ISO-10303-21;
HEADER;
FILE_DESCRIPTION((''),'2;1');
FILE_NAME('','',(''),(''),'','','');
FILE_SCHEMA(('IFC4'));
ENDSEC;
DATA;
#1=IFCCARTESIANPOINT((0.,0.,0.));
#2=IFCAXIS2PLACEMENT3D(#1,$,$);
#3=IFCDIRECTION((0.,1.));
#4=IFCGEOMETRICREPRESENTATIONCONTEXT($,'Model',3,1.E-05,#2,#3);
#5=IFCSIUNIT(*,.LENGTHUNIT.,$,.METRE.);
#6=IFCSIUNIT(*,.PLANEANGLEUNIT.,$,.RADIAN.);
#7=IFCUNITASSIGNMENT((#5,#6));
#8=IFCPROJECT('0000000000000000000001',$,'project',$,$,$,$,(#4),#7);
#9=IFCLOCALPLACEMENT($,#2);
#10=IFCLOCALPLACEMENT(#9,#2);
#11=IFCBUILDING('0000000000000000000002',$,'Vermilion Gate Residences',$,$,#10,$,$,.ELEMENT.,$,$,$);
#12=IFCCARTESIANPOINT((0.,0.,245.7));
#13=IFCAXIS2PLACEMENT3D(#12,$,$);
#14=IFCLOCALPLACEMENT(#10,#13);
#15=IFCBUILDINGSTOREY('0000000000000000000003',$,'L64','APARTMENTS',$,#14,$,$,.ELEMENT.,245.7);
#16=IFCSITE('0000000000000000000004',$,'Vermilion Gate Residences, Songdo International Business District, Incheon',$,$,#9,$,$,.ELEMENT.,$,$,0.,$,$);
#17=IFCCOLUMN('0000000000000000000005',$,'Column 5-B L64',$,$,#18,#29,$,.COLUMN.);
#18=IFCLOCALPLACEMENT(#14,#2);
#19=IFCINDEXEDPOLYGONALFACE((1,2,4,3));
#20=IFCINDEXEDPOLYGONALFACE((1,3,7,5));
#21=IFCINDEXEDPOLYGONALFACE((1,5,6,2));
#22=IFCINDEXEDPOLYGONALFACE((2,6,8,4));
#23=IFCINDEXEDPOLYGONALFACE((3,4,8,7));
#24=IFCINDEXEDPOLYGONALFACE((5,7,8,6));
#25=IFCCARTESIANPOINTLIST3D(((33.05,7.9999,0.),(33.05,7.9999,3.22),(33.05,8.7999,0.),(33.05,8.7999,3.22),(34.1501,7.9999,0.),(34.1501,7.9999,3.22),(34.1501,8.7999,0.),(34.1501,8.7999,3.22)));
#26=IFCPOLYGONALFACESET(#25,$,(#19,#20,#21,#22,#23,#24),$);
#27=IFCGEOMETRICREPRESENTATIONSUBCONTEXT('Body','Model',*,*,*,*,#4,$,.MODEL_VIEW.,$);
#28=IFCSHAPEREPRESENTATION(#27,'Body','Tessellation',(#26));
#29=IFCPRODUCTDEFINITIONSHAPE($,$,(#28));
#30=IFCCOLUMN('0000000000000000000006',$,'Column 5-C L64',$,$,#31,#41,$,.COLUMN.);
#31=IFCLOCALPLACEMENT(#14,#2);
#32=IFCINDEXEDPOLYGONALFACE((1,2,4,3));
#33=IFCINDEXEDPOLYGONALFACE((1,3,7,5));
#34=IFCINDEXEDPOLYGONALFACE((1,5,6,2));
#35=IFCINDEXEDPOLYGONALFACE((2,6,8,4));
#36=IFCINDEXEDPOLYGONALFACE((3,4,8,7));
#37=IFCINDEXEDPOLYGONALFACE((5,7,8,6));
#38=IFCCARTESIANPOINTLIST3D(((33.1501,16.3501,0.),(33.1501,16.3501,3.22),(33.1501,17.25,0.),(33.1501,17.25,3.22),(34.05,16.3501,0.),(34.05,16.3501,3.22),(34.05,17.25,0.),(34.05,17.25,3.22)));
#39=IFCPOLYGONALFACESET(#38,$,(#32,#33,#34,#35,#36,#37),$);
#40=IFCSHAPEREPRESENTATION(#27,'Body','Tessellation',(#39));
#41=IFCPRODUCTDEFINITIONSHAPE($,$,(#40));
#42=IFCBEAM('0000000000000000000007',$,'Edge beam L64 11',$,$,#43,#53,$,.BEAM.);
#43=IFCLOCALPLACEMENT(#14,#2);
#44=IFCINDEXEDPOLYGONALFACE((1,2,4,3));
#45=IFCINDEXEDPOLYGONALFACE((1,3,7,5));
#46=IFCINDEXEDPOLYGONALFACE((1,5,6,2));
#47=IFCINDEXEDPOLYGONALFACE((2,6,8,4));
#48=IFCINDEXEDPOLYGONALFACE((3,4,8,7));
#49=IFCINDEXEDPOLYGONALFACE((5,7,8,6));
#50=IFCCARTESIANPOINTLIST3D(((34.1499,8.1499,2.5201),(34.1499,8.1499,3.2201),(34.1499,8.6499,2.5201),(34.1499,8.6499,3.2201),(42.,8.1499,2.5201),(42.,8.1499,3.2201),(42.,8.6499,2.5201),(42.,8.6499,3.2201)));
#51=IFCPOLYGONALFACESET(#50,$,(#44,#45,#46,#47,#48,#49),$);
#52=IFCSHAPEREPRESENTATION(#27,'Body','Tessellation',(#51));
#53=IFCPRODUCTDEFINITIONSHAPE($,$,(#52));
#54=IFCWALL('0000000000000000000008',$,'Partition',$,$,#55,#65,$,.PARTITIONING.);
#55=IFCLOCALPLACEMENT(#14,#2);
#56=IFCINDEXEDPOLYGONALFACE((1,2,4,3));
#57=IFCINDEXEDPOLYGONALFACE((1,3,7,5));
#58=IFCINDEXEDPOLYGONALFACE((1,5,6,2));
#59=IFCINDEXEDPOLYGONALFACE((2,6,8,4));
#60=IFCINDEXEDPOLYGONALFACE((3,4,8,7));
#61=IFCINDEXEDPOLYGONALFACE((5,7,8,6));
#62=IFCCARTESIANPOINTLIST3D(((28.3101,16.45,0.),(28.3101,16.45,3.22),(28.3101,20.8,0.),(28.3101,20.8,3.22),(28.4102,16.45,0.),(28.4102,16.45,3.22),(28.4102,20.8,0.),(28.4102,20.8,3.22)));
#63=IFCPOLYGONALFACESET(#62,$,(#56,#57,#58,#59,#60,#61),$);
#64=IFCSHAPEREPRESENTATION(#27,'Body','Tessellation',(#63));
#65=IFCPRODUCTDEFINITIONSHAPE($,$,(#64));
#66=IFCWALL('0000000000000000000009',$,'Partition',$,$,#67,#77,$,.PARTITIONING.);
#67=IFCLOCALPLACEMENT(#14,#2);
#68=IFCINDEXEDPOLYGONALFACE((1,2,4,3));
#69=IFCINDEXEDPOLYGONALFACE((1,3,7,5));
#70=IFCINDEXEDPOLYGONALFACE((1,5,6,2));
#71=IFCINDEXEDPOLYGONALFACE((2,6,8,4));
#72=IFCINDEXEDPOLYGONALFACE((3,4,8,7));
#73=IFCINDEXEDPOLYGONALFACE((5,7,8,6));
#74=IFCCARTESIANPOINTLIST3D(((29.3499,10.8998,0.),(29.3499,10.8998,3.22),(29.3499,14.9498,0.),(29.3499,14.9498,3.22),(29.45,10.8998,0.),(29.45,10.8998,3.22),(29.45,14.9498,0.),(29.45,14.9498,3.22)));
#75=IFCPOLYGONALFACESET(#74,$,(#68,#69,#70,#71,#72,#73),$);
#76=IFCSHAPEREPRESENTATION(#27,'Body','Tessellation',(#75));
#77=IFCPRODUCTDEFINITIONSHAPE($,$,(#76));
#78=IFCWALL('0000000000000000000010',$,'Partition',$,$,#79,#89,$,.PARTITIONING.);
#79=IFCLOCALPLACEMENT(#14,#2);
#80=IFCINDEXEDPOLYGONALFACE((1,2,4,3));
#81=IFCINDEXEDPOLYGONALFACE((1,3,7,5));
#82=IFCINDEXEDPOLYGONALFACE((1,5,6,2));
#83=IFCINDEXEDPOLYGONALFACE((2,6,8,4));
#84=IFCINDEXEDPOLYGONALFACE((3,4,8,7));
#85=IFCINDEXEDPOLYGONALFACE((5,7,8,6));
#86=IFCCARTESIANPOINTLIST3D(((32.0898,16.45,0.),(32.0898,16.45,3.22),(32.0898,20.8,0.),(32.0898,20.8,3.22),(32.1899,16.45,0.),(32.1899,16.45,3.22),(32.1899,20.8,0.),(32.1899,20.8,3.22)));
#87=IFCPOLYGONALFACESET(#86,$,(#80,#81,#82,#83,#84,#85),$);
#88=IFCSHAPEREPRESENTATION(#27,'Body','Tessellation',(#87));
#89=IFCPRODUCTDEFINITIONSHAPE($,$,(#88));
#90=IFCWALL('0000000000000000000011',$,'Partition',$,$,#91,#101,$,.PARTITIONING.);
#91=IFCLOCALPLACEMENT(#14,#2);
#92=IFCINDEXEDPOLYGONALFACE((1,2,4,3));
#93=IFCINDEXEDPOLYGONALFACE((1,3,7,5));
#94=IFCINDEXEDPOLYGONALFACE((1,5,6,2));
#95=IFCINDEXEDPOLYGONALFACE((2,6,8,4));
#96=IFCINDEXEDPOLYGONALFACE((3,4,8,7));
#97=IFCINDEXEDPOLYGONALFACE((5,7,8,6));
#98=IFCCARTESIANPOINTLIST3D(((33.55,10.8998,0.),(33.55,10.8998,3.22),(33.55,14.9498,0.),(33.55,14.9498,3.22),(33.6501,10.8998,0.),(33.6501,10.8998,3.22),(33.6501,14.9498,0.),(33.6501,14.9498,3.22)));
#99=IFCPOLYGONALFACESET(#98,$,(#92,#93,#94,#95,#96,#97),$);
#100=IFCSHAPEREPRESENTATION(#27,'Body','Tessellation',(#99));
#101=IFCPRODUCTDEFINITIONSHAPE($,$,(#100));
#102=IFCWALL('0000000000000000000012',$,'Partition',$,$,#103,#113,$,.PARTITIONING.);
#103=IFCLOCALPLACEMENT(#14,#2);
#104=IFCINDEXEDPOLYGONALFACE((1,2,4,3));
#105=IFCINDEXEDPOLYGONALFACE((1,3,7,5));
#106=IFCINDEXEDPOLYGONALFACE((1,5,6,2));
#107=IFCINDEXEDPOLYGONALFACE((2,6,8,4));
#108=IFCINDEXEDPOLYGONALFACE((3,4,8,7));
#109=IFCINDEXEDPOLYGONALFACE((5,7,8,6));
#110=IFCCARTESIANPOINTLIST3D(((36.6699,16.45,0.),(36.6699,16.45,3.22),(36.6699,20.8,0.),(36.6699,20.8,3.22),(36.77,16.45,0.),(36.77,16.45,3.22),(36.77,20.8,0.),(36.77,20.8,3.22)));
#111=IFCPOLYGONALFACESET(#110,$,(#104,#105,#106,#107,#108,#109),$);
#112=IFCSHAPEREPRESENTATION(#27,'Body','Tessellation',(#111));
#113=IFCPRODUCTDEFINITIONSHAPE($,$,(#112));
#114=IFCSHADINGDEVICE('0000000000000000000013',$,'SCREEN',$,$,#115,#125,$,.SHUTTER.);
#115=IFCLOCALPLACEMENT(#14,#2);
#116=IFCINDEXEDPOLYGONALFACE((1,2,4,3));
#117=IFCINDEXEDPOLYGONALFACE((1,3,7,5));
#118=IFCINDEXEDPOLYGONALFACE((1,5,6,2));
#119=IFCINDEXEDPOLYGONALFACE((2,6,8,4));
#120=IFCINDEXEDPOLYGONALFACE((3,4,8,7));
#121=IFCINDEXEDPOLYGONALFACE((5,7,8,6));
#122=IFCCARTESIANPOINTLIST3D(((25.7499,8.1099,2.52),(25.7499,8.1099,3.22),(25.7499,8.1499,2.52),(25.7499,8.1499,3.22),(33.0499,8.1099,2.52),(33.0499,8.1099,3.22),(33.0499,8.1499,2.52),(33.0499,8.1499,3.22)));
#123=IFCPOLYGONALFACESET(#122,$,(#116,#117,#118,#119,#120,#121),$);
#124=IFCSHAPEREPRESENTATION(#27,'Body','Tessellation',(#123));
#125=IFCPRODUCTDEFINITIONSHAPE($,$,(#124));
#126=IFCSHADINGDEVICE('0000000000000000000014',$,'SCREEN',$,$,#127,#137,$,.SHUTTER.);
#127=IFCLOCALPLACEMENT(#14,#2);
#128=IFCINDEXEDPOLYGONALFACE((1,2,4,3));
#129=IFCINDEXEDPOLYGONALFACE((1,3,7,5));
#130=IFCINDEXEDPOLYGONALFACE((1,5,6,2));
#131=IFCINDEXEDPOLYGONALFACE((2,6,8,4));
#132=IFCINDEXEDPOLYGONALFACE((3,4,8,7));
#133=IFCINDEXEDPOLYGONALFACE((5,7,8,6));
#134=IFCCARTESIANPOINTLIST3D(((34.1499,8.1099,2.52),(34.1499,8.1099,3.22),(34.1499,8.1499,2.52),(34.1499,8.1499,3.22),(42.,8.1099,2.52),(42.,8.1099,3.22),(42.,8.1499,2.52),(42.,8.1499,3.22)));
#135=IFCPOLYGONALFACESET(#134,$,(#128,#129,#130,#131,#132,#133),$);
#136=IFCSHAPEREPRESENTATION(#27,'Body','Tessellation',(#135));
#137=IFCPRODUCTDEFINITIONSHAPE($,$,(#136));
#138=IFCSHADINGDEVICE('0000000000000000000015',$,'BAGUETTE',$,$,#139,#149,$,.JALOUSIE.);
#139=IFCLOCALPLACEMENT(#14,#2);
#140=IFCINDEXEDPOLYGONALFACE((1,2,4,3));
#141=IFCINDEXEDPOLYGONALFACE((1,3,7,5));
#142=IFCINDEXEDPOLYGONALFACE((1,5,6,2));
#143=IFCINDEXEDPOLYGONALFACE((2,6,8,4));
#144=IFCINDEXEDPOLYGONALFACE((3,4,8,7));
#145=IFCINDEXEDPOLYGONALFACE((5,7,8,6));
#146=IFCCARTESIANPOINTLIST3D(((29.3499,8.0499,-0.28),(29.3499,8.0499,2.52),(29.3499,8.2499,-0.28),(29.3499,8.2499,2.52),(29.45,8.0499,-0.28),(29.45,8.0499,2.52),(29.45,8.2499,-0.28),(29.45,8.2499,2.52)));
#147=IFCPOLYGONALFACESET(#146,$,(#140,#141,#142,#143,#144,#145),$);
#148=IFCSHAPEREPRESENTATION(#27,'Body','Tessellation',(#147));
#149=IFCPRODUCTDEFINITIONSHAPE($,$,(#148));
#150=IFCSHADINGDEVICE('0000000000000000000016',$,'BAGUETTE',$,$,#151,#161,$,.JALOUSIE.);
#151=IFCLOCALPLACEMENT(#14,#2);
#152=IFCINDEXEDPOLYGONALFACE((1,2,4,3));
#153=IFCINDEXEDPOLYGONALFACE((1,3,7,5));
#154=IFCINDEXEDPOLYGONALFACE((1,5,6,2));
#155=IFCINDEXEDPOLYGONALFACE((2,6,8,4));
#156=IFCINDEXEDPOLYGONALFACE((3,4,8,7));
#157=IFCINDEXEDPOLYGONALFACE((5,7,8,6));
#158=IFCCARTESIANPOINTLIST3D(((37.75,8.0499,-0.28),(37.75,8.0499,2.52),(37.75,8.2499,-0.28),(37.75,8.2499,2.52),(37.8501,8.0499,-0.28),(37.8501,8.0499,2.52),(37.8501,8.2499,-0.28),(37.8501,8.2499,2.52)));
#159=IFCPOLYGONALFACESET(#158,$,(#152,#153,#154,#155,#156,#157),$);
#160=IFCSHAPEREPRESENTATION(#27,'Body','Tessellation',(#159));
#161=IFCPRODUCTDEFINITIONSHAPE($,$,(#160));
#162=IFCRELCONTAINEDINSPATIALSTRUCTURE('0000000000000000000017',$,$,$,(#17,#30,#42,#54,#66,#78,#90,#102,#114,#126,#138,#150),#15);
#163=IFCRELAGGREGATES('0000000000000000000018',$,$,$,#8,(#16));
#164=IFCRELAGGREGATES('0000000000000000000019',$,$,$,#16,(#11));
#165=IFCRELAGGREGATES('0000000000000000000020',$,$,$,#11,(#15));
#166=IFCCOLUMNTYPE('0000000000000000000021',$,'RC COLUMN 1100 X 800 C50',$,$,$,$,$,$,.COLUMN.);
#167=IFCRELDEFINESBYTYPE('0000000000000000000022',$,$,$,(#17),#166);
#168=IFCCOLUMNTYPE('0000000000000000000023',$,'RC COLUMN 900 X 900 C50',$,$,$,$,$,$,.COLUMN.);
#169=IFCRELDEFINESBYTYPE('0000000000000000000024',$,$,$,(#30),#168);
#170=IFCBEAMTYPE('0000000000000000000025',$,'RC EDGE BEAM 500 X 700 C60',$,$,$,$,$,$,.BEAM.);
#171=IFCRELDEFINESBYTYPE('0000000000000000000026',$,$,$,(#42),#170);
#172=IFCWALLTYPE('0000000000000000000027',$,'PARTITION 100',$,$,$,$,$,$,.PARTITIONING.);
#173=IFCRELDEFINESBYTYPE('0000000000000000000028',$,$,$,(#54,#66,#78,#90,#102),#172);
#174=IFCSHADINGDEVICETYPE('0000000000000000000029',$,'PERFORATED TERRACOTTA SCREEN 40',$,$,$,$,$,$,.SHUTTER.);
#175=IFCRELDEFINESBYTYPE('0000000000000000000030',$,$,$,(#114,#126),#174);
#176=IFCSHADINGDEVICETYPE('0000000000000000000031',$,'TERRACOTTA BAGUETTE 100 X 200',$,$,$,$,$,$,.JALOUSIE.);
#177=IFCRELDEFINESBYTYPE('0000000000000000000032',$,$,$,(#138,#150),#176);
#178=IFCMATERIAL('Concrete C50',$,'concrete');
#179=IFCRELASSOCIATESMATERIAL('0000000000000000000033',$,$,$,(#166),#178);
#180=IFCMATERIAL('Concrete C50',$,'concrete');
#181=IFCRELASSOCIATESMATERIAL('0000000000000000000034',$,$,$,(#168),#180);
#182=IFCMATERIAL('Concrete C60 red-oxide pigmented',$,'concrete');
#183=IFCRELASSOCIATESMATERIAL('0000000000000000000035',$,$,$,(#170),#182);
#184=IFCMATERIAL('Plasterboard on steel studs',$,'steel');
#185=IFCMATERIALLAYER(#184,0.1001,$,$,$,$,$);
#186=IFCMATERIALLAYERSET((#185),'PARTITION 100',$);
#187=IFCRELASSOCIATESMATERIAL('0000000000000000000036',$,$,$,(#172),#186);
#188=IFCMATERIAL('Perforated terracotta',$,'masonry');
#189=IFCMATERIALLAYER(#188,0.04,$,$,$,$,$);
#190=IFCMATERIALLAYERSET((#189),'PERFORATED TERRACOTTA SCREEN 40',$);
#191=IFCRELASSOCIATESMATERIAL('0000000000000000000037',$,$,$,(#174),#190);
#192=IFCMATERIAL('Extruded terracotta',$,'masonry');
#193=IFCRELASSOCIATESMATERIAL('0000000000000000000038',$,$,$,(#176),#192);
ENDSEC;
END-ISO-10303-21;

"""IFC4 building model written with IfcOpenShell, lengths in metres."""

from ifc_helpers import new_model, si_unit, direction, frame, frame_2d, origin, origin_2d, place, context, subcontext, project, spatial, rectangle, extrude, material, layer, layer_set, material_profile, profile_set, type_object, element, save


model = new_model("IFC4")

# Units and contexts
model_context = context("Model", 3, precision=1e-05, world=origin(), true_north=direction((0.0, 1.0)))
body_context = subcontext(model_context, "Body", "Model", "MODEL_VIEW")
ifc_project = project(units=[si_unit("LENGTHUNIT", "METRE"), si_unit("PLANEANGLEUNIT", "RADIAN")], contexts=[model_context])

# Site, building, storey
site_placement = place(None, origin())
site = spatial("IfcSite", under=ifc_project, at=site_placement, Name="Vermilion Gate Residences, Songdo International Business District, Incheon", CompositionType="ELEMENT", RefElevation=0.0)
building_placement = place(site_placement, origin())
building = spatial("IfcBuilding", under=site, at=building_placement, Name="Vermilion Gate Residences", CompositionType="ELEMENT")
storey_placement = place(building_placement, frame((0.0, 0.0, 245.7)))
storey = spatial("IfcBuildingStorey", under=building, at=storey_placement, Name="L64", Description="APARTMENTS", CompositionType="ELEMENT", Elevation=245.7)

# Columns
ifc_material_1 = material(Name="Concrete C50", Category="concrete")
ifc_material_profile_1 = material_profile(ifc_material_1, rectangle(XDim=1.1001, YDim=0.8, at=origin_2d()), Name="RC-1100x800")
ifc_profile_set_1 = profile_set([ifc_material_profile_1], Name="Concrete C50")
column_type_1 = type_object("IfcColumnType", Name="RC COLUMN 1100 X 800 C50", PredefinedType="COLUMN", material=ifc_profile_set_1)
column_1_placement = place(storey_placement, frame((33.6001, 8.3999, 0.0), z_axis=(0.0, 0.0, 1.0), x_axis=(1.0, 0.0, 0.0)))
element("IfcColumn", 1, at=column_1_placement, inside=storey, type_object=column_type_1, Name="Column 5-B L64", PredefinedType="COLUMN", context=body_context, shape_type="SweptSolid", body=[
    extrude(rectangle(XDim=1.1001, YDim=0.8, at=origin_2d()), origin(), (0.0, 0.0, 1.0), 3.22),
])
ifc_material_2 = material(Name="Concrete C50", Category="concrete")
ifc_material_profile_2 = material_profile(ifc_material_2, rectangle(XDim=0.8999, YDim=0.8999, at=origin_2d()), Name="RC-900x900")
ifc_profile_set_2 = profile_set([ifc_material_profile_2], Name="Concrete C50")
column_type_2 = type_object("IfcColumnType", Name="RC COLUMN 900 X 900 C50", PredefinedType="COLUMN", material=ifc_profile_set_2)
column_2_placement = place(storey_placement, frame((33.6001, 16.8, 0.0), z_axis=(0.0, 0.0, 1.0), x_axis=(1.0, 0.0, 0.0)))
element("IfcColumn", 2, at=column_2_placement, inside=storey, type_object=column_type_2, Name="Column 5-C L64", PredefinedType="COLUMN", context=body_context, shape_type="SweptSolid", body=[
    extrude(rectangle(XDim=0.8999, YDim=0.8999, at=origin_2d()), origin(), (0.0, 0.0, 1.0), 3.22),
])

# Beam
ifc_material_3 = material(Name="Concrete C60 red-oxide pigmented", Category="concrete")
ifc_material_profile_3 = material_profile(ifc_material_3, rectangle(XDim=0.5, YDim=0.7, at=origin_2d()), Name="RC-500x700")
ifc_profile_set_3 = profile_set([ifc_material_profile_3], Name="Concrete C60 red-oxide pigmented")
beam_type = type_object("IfcBeamType", Name="RC EDGE BEAM 500 X 700 C60", PredefinedType="BEAM", material=ifc_profile_set_3)
beam_placement = place(storey_placement, frame((34.1499, 8.3999, 2.8701), z_axis=(1.0, 0.0, 0.0), x_axis=(0.0, 1.0, 0.0)))
element("IfcBeam", 3, at=beam_placement, inside=storey, type_object=beam_type, Name="Edge beam L64 11", PredefinedType="BEAM", context=body_context, shape_type="SweptSolid", body=[
    extrude(rectangle(XDim=0.5, YDim=0.7, at=origin_2d()), origin(), (0.0, 0.0, 1.0), 7.8501),
])

# Walls
ifc_material_4 = material(Name="Plasterboard on steel studs", Category="steel")
ifc_layer_1 = layer(ifc_material_4, 0.1001)
ifc_layer_set_1 = layer_set([ifc_layer_1], Name="PARTITION 100")
wall_type = type_object("IfcWallType", Name="PARTITION 100", PredefinedType="PARTITIONING", material=ifc_layer_set_1)
wall_1_placement = place(storey_placement, frame((28.3601, 16.45, 0.0), z_axis=(0.0, 0.0, 1.0), x_axis=(0.0, 1.0, 0.0)))
element("IfcWall", 4, at=wall_1_placement, inside=storey, type_object=wall_type, Name="Partition", PredefinedType="PARTITIONING", context=body_context, shape_type="SweptSolid", body=[
    extrude(rectangle(XDim=4.3501, YDim=0.1001, at=frame_2d((2.175, 0.0))), origin(), (0.0, 0.0, 1.0), 3.22),
])
wall_2_placement = place(storey_placement, frame((29.3999, 10.8999, 0.0), z_axis=(0.0, 0.0, 1.0), x_axis=(0.0, 1.0, 0.0)))
element("IfcWall", 5, at=wall_2_placement, inside=storey, type_object=wall_type, Name="Partition", PredefinedType="PARTITIONING", context=body_context, shape_type="SweptSolid", body=[
    extrude(rectangle(XDim=4.05, YDim=0.1001, at=frame_2d((2.0249, 0.0))), origin(), (0.0, 0.0, 1.0), 3.22),
])
wall_3_placement = place(storey_placement, frame((32.1399, 16.45, 0.0), z_axis=(0.0, 0.0, 1.0), x_axis=(0.0, 1.0, 0.0)))
element("IfcWall", 6, at=wall_3_placement, inside=storey, type_object=wall_type, Name="Partition", PredefinedType="PARTITIONING", context=body_context, shape_type="SweptSolid", body=[
    extrude(rectangle(XDim=4.3501, YDim=0.1001, at=frame_2d((2.175, 0.0))), origin(), (0.0, 0.0, 1.0), 3.22),
])
wall_4_placement = place(storey_placement, frame((33.6001, 10.8999, 0.0), z_axis=(0.0, 0.0, 1.0), x_axis=(0.0, 1.0, 0.0)))
element("IfcWall", 7, at=wall_4_placement, inside=storey, type_object=wall_type, Name="Partition", PredefinedType="PARTITIONING", context=body_context, shape_type="SweptSolid", body=[
    extrude(rectangle(XDim=4.05, YDim=0.1001, at=frame_2d((2.0249, 0.0))), origin(), (0.0, 0.0, 1.0), 3.22),
])
wall_5_placement = place(storey_placement, frame((36.72, 16.45, 0.0), z_axis=(0.0, 0.0, 1.0), x_axis=(0.0, 1.0, 0.0)))
element("IfcWall", 8, at=wall_5_placement, inside=storey, type_object=wall_type, Name="Partition", PredefinedType="PARTITIONING", context=body_context, shape_type="SweptSolid", body=[
    extrude(rectangle(XDim=4.3501, YDim=0.1001, at=frame_2d((2.175, 0.0))), origin(), (0.0, 0.0, 1.0), 3.22),
])

# Shading devices
ifc_material_5 = material(Name="Perforated terracotta", Category="masonry")
ifc_layer_2 = layer(ifc_material_5, 0.04)
ifc_layer_set_2 = layer_set([ifc_layer_2], Name="PERFORATED TERRACOTTA SCREEN 40")
shading_device_type_1 = type_object("IfcShadingDeviceType", Name="PERFORATED TERRACOTTA SCREEN 40", PredefinedType="SHUTTER", material=ifc_layer_set_2)
shading_device_1_placement = place(storey_placement, frame((29.3999, 8.1299, 2.52), z_axis=(0.0, 0.0, 1.0), x_axis=(1.0, 0.0, 0.0)))
element("IfcShadingDevice", 9, at=shading_device_1_placement, inside=storey, type_object=shading_device_type_1, Name="SCREEN", PredefinedType="SHUTTER", context=body_context, shape_type="SweptSolid", body=[
    extrude(rectangle(XDim=7.3, YDim=0.04, at=origin_2d()), origin(), (0.0, 0.0, 1.0), 0.7),
])
shading_device_2_placement = place(storey_placement, frame((38.075, 8.1299, 2.52), z_axis=(0.0, 0.0, 1.0), x_axis=(1.0, 0.0, 0.0)))
element("IfcShadingDevice", 10, at=shading_device_2_placement, inside=storey, type_object=shading_device_type_1, Name="SCREEN", PredefinedType="SHUTTER", context=body_context, shape_type="SweptSolid", body=[
    extrude(rectangle(XDim=7.8501, YDim=0.04, at=origin_2d()), origin(), (0.0, 0.0, 1.0), 0.7),
])
ifc_material_6 = material(Name="Extruded terracotta", Category="masonry")
ifc_material_profile_4 = material_profile(ifc_material_6, rectangle(XDim=0.2, YDim=0.1001, at=origin_2d()), Name="BAGUETTE 100 X 200")
ifc_profile_set_4 = profile_set([ifc_material_profile_4], Name="Extruded terracotta")
shading_device_type_2 = type_object("IfcShadingDeviceType", Name="TERRACOTTA BAGUETTE 100 X 200", PredefinedType="JALOUSIE", material=ifc_profile_set_4)
for number, where, z_axis, x_axis, name in (
    (11, (29.3999, 8.1499, -0.28), (0.0, 0.0, 1.0), (0.0, 1.0, 0.0), "BAGUETTE"),
    (12, (37.8, 8.1499, -0.28), (0.0, 0.0, 1.0), (0.0, 1.0, 0.0), "BAGUETTE"),
):
    element("IfcShadingDevice", number, at=place(storey_placement, frame(where, z_axis=z_axis, x_axis=x_axis)), inside=storey, type_object=shading_device_type_2, Name=name, PredefinedType="JALOUSIE", context=body_context, shape_type="SweptSolid", body=[
        extrude(rectangle(XDim=0.2, YDim=0.1001, at=origin_2d()), origin(), (0.0, 0.0, 1.0), 2.8),
    ])

save(model, "model.ifc")
